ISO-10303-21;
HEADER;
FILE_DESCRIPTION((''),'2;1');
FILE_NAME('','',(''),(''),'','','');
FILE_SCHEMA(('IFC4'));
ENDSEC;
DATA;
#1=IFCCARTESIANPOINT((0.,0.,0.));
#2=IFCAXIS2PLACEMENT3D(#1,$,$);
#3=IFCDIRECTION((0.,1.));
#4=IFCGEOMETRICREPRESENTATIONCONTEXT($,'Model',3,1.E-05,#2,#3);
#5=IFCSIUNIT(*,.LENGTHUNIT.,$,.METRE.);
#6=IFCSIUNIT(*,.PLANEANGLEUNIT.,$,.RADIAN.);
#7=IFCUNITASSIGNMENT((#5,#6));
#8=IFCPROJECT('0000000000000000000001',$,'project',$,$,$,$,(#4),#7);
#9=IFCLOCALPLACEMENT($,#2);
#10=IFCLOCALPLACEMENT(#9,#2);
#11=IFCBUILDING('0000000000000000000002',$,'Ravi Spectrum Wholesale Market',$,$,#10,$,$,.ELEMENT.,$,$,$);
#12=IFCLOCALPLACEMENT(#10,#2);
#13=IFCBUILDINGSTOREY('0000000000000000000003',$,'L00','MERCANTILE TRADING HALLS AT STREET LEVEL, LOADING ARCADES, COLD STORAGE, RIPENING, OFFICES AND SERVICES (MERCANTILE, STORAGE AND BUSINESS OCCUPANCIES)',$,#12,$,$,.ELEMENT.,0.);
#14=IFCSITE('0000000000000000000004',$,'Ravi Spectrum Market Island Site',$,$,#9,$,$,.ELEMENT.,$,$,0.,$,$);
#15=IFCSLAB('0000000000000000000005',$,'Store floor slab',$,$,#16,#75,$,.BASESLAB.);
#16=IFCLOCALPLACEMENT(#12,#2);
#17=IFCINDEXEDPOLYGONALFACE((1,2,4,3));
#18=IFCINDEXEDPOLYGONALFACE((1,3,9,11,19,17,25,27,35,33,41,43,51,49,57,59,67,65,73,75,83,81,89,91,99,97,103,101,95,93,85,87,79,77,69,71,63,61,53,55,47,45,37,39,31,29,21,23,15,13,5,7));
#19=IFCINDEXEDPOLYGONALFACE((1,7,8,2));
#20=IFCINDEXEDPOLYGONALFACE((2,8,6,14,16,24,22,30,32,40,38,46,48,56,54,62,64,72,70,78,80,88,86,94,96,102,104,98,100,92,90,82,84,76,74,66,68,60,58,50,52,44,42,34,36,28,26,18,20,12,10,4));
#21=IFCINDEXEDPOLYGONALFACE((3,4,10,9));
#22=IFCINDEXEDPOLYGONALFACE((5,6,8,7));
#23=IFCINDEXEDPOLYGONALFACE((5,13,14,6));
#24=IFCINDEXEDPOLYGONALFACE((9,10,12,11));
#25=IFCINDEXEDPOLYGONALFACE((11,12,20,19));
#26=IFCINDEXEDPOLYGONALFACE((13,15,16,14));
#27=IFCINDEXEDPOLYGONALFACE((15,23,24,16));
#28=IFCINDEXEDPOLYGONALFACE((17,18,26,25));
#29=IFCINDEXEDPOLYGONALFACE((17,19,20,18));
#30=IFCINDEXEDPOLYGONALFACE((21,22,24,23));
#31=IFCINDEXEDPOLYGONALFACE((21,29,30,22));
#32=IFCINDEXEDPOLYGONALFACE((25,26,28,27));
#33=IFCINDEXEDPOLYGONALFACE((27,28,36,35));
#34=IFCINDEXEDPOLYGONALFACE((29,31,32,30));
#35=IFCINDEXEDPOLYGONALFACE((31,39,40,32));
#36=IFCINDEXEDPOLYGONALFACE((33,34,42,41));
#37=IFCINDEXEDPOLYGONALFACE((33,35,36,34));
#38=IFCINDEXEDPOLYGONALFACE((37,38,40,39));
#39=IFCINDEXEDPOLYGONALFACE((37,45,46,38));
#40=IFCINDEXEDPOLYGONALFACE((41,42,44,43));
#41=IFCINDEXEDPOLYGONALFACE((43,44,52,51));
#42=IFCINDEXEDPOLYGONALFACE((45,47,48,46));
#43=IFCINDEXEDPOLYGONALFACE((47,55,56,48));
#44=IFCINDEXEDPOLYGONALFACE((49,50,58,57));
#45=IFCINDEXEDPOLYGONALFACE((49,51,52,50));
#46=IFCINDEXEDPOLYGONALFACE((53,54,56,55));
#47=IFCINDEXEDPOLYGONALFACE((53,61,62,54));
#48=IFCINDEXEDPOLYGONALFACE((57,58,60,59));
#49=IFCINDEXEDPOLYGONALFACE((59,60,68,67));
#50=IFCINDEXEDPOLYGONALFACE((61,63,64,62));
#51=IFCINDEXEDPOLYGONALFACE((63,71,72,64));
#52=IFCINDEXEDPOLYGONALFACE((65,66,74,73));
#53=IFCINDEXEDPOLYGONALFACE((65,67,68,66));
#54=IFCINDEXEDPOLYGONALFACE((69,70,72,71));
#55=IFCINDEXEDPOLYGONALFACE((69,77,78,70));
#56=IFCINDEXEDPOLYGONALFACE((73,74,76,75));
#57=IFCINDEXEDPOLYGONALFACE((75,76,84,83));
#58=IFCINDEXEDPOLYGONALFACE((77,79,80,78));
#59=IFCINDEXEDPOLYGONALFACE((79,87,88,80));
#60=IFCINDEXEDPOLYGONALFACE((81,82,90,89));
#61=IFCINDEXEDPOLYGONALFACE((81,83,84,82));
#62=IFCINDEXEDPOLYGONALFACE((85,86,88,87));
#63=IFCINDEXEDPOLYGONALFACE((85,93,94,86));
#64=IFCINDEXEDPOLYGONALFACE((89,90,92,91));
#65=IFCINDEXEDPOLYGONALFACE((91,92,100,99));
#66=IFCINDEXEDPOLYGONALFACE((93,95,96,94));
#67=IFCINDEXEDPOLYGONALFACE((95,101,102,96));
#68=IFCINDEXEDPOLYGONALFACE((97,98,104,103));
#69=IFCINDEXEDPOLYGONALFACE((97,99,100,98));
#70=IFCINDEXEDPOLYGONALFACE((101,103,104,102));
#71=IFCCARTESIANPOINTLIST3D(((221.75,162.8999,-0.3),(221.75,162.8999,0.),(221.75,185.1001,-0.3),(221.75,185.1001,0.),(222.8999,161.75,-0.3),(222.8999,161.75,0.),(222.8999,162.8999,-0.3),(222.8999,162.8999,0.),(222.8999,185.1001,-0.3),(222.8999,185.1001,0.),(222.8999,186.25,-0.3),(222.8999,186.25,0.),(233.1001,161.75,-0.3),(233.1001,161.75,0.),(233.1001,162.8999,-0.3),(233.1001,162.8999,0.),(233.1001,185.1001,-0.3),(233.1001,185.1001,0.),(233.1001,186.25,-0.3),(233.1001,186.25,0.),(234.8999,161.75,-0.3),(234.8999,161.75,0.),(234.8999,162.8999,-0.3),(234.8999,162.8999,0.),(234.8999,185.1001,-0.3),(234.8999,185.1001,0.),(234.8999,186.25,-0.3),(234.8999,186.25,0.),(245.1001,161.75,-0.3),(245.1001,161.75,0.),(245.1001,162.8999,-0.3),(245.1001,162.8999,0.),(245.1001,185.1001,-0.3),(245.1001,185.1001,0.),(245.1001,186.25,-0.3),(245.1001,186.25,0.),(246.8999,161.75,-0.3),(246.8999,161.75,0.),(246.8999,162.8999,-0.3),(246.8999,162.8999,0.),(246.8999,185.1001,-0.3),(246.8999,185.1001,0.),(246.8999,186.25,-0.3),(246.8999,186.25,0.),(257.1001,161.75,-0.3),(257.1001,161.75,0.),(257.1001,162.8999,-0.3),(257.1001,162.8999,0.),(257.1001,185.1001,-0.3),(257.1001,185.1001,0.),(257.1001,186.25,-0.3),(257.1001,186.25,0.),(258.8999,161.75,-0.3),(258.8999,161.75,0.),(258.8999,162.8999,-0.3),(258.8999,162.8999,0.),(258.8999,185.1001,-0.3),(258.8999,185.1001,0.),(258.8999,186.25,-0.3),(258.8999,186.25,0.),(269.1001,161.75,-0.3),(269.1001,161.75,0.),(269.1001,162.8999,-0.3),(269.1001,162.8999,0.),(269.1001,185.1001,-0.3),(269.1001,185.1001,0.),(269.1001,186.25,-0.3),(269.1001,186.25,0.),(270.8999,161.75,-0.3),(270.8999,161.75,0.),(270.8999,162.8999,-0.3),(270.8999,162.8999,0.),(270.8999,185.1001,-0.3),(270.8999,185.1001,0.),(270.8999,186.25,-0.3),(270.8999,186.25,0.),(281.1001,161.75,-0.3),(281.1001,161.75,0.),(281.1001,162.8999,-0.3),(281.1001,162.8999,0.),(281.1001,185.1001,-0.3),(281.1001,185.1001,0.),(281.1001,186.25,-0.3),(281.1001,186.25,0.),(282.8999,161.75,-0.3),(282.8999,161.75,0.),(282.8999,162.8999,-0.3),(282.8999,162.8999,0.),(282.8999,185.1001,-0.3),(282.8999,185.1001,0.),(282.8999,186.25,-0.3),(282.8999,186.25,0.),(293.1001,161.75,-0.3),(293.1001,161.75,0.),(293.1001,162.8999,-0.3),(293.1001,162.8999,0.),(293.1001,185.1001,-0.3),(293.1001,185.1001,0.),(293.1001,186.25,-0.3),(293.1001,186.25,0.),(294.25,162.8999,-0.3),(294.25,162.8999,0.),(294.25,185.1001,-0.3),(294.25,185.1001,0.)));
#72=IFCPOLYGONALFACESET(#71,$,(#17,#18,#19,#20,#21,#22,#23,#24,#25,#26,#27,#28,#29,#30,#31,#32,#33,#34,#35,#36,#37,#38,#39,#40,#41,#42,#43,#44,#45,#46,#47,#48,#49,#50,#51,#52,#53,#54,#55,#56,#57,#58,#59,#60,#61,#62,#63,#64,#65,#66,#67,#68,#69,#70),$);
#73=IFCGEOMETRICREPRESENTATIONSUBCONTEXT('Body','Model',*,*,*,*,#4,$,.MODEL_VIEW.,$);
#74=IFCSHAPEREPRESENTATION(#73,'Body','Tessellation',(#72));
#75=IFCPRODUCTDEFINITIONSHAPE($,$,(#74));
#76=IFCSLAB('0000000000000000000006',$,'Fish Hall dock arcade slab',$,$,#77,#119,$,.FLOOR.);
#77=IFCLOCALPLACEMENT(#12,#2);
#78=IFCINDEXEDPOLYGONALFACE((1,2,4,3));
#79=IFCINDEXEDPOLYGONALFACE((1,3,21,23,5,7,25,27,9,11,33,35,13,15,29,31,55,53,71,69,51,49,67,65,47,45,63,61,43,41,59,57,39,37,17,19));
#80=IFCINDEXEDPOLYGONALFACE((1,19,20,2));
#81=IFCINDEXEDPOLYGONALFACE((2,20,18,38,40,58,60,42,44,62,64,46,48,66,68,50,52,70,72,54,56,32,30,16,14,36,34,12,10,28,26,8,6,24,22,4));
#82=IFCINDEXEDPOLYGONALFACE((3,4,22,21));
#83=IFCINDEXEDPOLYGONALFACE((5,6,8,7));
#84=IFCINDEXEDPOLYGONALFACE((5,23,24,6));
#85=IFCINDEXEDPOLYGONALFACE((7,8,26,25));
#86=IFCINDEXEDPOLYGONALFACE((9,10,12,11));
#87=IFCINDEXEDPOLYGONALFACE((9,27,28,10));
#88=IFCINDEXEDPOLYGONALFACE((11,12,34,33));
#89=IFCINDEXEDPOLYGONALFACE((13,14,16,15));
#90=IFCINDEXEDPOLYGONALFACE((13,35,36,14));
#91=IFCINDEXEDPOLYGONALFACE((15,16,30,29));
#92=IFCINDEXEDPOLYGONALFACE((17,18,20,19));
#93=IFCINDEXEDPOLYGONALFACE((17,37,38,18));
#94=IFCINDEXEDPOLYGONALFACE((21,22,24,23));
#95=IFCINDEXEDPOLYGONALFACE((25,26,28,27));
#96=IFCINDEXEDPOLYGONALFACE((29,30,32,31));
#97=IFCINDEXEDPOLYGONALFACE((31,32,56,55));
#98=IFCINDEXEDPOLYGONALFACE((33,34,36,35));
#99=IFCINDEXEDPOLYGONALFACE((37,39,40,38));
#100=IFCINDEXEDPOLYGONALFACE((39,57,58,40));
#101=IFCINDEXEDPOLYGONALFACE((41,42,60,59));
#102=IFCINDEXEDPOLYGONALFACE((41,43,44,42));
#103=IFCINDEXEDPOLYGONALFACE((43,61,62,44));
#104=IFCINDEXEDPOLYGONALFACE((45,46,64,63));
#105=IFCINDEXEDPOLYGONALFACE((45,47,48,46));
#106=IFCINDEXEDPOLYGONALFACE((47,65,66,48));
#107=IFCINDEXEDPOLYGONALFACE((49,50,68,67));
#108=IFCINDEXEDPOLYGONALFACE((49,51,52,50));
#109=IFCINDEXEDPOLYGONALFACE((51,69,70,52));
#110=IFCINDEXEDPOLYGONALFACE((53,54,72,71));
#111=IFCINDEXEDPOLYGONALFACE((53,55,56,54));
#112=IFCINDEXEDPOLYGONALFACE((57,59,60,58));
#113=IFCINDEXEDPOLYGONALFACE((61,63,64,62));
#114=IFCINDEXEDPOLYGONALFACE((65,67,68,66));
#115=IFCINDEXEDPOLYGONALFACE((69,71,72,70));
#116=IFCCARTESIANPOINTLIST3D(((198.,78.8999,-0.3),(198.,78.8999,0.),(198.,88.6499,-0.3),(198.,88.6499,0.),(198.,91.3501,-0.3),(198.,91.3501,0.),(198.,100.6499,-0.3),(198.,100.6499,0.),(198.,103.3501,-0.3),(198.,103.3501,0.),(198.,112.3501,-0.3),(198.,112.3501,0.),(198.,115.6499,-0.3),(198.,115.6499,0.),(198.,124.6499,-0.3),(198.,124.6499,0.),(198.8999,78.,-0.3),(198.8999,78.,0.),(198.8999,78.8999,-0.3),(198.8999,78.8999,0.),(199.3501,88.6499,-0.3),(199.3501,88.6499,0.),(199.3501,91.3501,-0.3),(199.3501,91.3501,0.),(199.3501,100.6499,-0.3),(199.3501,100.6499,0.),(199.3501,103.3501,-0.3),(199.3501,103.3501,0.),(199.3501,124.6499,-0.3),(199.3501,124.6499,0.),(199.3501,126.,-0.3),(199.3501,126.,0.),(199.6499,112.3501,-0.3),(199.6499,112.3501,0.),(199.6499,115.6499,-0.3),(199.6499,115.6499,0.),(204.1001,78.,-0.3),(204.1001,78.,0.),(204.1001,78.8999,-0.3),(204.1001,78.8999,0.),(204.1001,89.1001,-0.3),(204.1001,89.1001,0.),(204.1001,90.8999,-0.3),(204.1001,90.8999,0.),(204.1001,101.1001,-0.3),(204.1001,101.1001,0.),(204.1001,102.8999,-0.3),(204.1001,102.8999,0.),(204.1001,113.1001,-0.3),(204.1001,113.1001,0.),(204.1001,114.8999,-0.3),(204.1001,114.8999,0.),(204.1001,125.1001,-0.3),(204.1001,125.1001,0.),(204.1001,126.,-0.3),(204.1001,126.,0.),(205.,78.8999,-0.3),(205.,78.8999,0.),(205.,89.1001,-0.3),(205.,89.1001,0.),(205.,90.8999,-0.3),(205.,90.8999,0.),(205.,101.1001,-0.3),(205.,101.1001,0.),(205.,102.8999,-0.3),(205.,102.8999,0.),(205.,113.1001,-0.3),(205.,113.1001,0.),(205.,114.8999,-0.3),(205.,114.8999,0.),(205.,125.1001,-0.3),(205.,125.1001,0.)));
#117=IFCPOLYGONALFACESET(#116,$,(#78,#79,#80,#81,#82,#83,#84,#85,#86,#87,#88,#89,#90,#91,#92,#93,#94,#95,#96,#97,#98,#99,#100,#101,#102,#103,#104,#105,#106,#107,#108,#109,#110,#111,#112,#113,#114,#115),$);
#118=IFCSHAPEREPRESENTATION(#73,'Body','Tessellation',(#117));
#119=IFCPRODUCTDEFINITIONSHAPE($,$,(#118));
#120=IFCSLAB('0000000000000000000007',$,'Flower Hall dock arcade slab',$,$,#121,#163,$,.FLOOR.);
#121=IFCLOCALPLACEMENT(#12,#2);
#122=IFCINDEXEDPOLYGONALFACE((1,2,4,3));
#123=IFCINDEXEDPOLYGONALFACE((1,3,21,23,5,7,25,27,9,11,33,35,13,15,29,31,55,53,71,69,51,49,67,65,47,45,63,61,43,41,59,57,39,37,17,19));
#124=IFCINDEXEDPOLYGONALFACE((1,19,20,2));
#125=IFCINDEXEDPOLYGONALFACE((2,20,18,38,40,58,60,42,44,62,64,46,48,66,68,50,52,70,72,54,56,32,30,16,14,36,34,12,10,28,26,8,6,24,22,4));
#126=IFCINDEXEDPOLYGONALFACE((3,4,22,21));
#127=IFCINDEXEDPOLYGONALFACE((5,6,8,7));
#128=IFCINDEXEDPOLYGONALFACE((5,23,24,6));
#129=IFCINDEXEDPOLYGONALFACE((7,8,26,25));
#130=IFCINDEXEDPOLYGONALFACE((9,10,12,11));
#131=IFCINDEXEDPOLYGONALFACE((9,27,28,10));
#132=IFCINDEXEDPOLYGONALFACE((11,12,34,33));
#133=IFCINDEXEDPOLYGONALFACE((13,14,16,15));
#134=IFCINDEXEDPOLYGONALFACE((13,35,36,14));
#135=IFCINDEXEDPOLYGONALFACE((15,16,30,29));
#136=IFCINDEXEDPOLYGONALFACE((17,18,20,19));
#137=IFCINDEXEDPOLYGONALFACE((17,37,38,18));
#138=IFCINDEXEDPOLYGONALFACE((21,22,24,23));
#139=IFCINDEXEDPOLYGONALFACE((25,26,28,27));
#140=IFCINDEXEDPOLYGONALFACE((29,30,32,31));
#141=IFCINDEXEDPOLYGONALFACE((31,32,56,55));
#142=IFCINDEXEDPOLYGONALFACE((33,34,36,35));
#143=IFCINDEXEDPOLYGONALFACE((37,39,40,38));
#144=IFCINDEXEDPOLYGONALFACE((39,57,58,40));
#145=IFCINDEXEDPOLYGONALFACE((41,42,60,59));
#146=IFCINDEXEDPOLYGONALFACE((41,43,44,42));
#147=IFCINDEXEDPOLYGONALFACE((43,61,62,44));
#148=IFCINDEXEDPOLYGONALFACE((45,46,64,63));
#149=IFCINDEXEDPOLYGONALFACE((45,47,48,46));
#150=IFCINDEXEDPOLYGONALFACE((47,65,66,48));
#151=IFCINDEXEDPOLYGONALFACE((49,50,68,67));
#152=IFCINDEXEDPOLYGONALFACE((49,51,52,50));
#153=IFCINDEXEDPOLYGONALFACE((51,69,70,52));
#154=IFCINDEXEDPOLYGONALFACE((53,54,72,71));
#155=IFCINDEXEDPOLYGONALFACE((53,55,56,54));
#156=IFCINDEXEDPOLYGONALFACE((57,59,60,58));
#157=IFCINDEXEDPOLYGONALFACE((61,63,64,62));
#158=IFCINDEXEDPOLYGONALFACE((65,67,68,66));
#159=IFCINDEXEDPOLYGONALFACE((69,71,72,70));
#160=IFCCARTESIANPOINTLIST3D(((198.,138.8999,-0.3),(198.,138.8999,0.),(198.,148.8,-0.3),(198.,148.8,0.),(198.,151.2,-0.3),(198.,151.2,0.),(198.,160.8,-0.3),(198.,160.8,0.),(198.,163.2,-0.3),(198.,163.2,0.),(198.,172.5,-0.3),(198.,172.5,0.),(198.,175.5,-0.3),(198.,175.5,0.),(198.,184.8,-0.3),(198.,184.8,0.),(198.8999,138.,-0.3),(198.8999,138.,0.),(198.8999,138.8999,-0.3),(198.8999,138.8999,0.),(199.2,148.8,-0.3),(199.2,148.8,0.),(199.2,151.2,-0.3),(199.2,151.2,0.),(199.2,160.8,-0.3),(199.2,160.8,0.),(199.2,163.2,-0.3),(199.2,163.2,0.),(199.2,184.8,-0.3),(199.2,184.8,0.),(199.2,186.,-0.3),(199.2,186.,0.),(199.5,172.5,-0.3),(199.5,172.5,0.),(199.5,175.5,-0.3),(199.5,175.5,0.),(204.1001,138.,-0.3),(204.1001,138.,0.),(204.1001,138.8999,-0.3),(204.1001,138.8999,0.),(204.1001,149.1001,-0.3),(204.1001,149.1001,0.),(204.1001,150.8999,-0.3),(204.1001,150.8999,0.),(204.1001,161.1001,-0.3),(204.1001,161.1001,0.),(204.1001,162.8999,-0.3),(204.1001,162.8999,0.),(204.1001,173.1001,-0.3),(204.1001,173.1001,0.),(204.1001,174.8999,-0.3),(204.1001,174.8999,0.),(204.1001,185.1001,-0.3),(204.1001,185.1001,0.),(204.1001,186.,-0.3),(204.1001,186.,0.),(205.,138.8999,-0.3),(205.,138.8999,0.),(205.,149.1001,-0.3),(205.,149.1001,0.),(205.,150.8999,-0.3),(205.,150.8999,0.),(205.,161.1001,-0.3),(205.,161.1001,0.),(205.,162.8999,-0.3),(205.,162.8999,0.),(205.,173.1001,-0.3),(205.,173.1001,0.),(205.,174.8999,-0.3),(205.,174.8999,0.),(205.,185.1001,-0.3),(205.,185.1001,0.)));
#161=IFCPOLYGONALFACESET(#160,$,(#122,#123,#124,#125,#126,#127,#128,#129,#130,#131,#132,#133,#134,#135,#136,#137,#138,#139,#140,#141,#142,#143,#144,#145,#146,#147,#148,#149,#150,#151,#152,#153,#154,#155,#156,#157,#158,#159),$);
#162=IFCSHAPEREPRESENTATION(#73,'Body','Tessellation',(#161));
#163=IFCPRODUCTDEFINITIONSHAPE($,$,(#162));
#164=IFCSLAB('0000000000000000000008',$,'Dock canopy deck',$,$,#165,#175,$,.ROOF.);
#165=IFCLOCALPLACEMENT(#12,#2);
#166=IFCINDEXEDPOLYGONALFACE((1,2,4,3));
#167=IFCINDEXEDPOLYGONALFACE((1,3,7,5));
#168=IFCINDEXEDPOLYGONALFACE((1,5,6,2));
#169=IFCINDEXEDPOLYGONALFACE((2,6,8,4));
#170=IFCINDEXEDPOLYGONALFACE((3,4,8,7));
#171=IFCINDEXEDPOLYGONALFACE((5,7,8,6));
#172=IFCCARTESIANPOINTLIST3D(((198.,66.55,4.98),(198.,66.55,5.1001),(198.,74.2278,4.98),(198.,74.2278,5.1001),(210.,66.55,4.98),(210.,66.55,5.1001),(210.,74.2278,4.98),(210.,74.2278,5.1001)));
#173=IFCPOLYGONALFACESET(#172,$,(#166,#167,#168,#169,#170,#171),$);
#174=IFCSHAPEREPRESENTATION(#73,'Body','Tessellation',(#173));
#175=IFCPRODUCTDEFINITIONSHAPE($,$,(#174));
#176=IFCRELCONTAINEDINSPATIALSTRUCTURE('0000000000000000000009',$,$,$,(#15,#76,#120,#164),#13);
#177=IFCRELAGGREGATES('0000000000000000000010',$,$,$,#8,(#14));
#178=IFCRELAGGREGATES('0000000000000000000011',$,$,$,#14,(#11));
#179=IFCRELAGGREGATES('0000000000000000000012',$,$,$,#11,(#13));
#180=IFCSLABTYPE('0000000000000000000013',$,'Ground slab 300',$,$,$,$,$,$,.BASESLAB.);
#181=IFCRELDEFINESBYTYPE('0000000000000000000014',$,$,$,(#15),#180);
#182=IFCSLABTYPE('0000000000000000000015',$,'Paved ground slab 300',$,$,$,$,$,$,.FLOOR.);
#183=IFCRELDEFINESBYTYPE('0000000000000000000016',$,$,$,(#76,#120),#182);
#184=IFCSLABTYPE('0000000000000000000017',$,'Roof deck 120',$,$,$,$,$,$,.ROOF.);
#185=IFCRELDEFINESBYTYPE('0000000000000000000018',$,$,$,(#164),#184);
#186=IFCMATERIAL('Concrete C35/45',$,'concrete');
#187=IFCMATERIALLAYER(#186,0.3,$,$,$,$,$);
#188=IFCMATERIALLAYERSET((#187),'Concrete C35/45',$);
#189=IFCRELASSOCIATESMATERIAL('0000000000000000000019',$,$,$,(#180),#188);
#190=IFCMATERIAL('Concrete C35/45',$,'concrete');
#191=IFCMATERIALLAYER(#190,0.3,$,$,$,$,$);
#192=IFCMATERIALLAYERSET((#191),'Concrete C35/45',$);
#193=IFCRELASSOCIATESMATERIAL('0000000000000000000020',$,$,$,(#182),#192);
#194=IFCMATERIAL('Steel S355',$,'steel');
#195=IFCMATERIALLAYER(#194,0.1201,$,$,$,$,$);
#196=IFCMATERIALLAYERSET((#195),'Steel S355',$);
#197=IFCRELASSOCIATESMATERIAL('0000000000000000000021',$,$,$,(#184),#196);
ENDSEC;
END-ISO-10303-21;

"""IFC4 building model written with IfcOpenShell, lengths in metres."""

from ifc_helpers import new_model, si_unit, direction, frame, origin, place, context, subcontext, project, spatial, polyline, outline, extrude, material, layer, layer_set, type_object, element, save


model = new_model("IFC4")

# Units and contexts
model_context = context("Model", 3, precision=1e-05, world=origin(), true_north=direction((0.0, 1.0)))
body_context = subcontext(model_context, "Body", "Model", "MODEL_VIEW")
ifc_project = project(units=[si_unit("LENGTHUNIT", "METRE"), si_unit("PLANEANGLEUNIT", "RADIAN")], contexts=[model_context])

# Site, building, storey
site_placement = place(None, origin())
site = spatial("IfcSite", under=ifc_project, at=site_placement, Name="Ravi Spectrum Market Island Site", CompositionType="ELEMENT", RefElevation=0.0)
building_placement = place(site_placement, origin())
building = spatial("IfcBuilding", under=site, at=building_placement, Name="Ravi Spectrum Wholesale Market", CompositionType="ELEMENT")
storey_placement = place(building_placement, origin())
storey = spatial("IfcBuildingStorey", under=building, at=storey_placement, Name="L00", Description="MERCANTILE TRADING HALLS AT STREET LEVEL, LOADING ARCADES, COLD STORAGE, RIPENING, OFFICES AND SERVICES (MERCANTILE, STORAGE AND BUSINESS OCCUPANCIES)", CompositionType="ELEMENT", Elevation=0.0)

# Slabs
ifc_material_1 = material(Name="Concrete C35/45", Category="concrete")
ifc_layer_1 = layer(ifc_material_1, 0.3)
ifc_layer_set_1 = layer_set([ifc_layer_1], Name="Concrete C35/45")
slab_type_1 = type_object("IfcSlabType", Name="Ground slab 300", PredefinedType="BASESLAB", material=ifc_layer_set_1)
slab_1_placement = place(storey_placement, frame((0.0, 0.0, -0.3)))
element("IfcSlab", 1, at=slab_1_placement, inside=storey, type_object=slab_type_1, Name="Store floor slab", PredefinedType="BASESLAB", context=body_context, shape_type="SweptSolid", body=[
    extrude(outline(polyline([(294.25, 162.8999), (293.1001, 162.8999), (293.1001, 161.75), (282.8999, 161.75), (282.8999, 162.8999), (281.1001, 162.8999), (281.1001, 161.75), (270.8999, 161.75), (270.8999, 162.8999), (269.1001, 162.8999), (269.1001, 161.75), (258.8999, 161.75), (258.8999, 162.8999), (257.1001, 162.8999), (257.1001, 161.75), (246.8999, 161.75), (246.8999, 162.8999), (245.1001, 162.8999), (245.1001, 161.75), (234.8999, 161.75), (234.8999, 162.8999), (233.1001, 162.8999), (233.1001, 161.75), (222.8999, 161.75), (222.8999, 162.8999), (221.75, 162.8999), (221.75, 185.1001), (222.8999, 185.1001), (222.8999, 186.25), (233.1001, 186.25), (233.1001, 185.1001), (234.8999, 185.1001), (234.8999, 186.25), (245.1001, 186.25), (245.1001, 185.1001), (246.8999, 185.1001), (246.8999, 186.25), (257.1001, 186.25), (257.1001, 185.1001), (258.8999, 185.1001), (258.8999, 186.25), (269.1001, 186.25), (269.1001, 185.1001), (270.8999, 185.1001), (270.8999, 186.25), (281.1001, 186.25), (281.1001, 185.1001), (282.8999, 185.1001), (282.8999, 186.25), (293.1001, 186.25), (293.1001, 185.1001), (294.25, 185.1001), (294.25, 162.8999)])), origin(), (0.0, 0.0, 1.0), 0.3),
])
ifc_material_2 = material(Name="Concrete C35/45", Category="concrete")
ifc_layer_2 = layer(ifc_material_2, 0.3)
ifc_layer_set_2 = layer_set([ifc_layer_2], Name="Concrete C35/45")
slab_type_2 = type_object("IfcSlabType", Name="Paved ground slab 300", PredefinedType="FLOOR", material=ifc_layer_set_2)
slab_2_placement = place(storey_placement, frame((0.0, 0.0, -0.3)))
element("IfcSlab", 2, at=slab_2_placement, inside=storey, type_object=slab_type_2, Name="Fish Hall dock arcade slab", PredefinedType="FLOOR", context=body_context, shape_type="SweptSolid", body=[
    extrude(outline(polyline([(198.8999, 78.0), (198.8999, 78.8999), (198.0, 78.8999), (198.0, 88.6499), (199.3501, 88.6499), (199.3501, 91.3501), (198.0, 91.3501), (198.0, 100.6499), (199.3501, 100.6499), (199.3501, 103.3501), (198.0, 103.3501), (198.0, 112.3501), (199.6499, 112.3501), (199.6499, 115.6499), (198.0, 115.6499), (198.0, 124.6499), (199.3501, 124.6499), (199.3501, 126.0), (204.1001, 126.0), (204.1001, 125.1001), (205.0, 125.1001), (205.0, 114.8999), (204.1001, 114.8999), (204.1001, 113.1001), (205.0, 113.1001), (205.0, 102.8999), (204.1001, 102.8999), (204.1001, 101.1001), (205.0, 101.1001), (205.0, 90.8999), (204.1001, 90.8999), (204.1001, 89.1001), (205.0, 89.1001), (205.0, 78.8999), (204.1001, 78.8999), (204.1001, 78.0), (198.8999, 78.0)])), origin(), (0.0, 0.0, 1.0), 0.3),
])
slab_3_placement = place(storey_placement, frame((0.0, 0.0, -0.3)))
element("IfcSlab", 3, at=slab_3_placement, inside=storey, type_object=slab_type_2, Name="Flower Hall dock arcade slab", PredefinedType="FLOOR", context=body_context, shape_type="SweptSolid", body=[
    extrude(outline(polyline([(198.8999, 138.0), (198.8999, 138.8999), (198.0, 138.8999), (198.0, 148.8), (199.2, 148.8), (199.2, 151.2), (198.0, 151.2), (198.0, 160.8), (199.2, 160.8), (199.2, 163.2), (198.0, 163.2), (198.0, 172.5), (199.5, 172.5), (199.5, 175.5), (198.0, 175.5), (198.0, 184.8), (199.2, 184.8), (199.2, 186.0), (204.1001, 186.0), (204.1001, 185.1001), (205.0, 185.1001), (205.0, 174.8999), (204.1001, 174.8999), (204.1001, 173.1001), (205.0, 173.1001), (205.0, 162.8999), (204.1001, 162.8999), (204.1001, 161.1001), (205.0, 161.1001), (205.0, 150.8999), (204.1001, 150.8999), (204.1001, 149.1001), (205.0, 149.1001), (205.0, 138.8999), (204.1001, 138.8999), (204.1001, 138.0), (198.8999, 138.0)])), origin(), (0.0, 0.0, 1.0), 0.3),
])
ifc_material_3 = material(Name="Steel S355", Category="steel")
ifc_layer_3 = layer(ifc_material_3, 0.1201)
ifc_layer_set_3 = layer_set([ifc_layer_3], Name="Steel S355")
slab_type_3 = type_object("IfcSlabType", Name="Roof deck 120", PredefinedType="ROOF", material=ifc_layer_set_3)
slab_4_placement = place(storey_placement, frame((0.0, 0.0, 4.98)))
element("IfcSlab", 4, at=slab_4_placement, inside=storey, type_object=slab_type_3, Name="Dock canopy deck", PredefinedType="ROOF", context=body_context, shape_type="SweptSolid", body=[
    extrude(outline(polyline([(210.0, 66.55), (210.0, 74.2278), (198.0, 74.2278), (198.0, 66.55), (210.0, 66.55)])), origin(), (0.0, 0.0, 1.0), 0.1201),
])

save(model, "model.ifc")
